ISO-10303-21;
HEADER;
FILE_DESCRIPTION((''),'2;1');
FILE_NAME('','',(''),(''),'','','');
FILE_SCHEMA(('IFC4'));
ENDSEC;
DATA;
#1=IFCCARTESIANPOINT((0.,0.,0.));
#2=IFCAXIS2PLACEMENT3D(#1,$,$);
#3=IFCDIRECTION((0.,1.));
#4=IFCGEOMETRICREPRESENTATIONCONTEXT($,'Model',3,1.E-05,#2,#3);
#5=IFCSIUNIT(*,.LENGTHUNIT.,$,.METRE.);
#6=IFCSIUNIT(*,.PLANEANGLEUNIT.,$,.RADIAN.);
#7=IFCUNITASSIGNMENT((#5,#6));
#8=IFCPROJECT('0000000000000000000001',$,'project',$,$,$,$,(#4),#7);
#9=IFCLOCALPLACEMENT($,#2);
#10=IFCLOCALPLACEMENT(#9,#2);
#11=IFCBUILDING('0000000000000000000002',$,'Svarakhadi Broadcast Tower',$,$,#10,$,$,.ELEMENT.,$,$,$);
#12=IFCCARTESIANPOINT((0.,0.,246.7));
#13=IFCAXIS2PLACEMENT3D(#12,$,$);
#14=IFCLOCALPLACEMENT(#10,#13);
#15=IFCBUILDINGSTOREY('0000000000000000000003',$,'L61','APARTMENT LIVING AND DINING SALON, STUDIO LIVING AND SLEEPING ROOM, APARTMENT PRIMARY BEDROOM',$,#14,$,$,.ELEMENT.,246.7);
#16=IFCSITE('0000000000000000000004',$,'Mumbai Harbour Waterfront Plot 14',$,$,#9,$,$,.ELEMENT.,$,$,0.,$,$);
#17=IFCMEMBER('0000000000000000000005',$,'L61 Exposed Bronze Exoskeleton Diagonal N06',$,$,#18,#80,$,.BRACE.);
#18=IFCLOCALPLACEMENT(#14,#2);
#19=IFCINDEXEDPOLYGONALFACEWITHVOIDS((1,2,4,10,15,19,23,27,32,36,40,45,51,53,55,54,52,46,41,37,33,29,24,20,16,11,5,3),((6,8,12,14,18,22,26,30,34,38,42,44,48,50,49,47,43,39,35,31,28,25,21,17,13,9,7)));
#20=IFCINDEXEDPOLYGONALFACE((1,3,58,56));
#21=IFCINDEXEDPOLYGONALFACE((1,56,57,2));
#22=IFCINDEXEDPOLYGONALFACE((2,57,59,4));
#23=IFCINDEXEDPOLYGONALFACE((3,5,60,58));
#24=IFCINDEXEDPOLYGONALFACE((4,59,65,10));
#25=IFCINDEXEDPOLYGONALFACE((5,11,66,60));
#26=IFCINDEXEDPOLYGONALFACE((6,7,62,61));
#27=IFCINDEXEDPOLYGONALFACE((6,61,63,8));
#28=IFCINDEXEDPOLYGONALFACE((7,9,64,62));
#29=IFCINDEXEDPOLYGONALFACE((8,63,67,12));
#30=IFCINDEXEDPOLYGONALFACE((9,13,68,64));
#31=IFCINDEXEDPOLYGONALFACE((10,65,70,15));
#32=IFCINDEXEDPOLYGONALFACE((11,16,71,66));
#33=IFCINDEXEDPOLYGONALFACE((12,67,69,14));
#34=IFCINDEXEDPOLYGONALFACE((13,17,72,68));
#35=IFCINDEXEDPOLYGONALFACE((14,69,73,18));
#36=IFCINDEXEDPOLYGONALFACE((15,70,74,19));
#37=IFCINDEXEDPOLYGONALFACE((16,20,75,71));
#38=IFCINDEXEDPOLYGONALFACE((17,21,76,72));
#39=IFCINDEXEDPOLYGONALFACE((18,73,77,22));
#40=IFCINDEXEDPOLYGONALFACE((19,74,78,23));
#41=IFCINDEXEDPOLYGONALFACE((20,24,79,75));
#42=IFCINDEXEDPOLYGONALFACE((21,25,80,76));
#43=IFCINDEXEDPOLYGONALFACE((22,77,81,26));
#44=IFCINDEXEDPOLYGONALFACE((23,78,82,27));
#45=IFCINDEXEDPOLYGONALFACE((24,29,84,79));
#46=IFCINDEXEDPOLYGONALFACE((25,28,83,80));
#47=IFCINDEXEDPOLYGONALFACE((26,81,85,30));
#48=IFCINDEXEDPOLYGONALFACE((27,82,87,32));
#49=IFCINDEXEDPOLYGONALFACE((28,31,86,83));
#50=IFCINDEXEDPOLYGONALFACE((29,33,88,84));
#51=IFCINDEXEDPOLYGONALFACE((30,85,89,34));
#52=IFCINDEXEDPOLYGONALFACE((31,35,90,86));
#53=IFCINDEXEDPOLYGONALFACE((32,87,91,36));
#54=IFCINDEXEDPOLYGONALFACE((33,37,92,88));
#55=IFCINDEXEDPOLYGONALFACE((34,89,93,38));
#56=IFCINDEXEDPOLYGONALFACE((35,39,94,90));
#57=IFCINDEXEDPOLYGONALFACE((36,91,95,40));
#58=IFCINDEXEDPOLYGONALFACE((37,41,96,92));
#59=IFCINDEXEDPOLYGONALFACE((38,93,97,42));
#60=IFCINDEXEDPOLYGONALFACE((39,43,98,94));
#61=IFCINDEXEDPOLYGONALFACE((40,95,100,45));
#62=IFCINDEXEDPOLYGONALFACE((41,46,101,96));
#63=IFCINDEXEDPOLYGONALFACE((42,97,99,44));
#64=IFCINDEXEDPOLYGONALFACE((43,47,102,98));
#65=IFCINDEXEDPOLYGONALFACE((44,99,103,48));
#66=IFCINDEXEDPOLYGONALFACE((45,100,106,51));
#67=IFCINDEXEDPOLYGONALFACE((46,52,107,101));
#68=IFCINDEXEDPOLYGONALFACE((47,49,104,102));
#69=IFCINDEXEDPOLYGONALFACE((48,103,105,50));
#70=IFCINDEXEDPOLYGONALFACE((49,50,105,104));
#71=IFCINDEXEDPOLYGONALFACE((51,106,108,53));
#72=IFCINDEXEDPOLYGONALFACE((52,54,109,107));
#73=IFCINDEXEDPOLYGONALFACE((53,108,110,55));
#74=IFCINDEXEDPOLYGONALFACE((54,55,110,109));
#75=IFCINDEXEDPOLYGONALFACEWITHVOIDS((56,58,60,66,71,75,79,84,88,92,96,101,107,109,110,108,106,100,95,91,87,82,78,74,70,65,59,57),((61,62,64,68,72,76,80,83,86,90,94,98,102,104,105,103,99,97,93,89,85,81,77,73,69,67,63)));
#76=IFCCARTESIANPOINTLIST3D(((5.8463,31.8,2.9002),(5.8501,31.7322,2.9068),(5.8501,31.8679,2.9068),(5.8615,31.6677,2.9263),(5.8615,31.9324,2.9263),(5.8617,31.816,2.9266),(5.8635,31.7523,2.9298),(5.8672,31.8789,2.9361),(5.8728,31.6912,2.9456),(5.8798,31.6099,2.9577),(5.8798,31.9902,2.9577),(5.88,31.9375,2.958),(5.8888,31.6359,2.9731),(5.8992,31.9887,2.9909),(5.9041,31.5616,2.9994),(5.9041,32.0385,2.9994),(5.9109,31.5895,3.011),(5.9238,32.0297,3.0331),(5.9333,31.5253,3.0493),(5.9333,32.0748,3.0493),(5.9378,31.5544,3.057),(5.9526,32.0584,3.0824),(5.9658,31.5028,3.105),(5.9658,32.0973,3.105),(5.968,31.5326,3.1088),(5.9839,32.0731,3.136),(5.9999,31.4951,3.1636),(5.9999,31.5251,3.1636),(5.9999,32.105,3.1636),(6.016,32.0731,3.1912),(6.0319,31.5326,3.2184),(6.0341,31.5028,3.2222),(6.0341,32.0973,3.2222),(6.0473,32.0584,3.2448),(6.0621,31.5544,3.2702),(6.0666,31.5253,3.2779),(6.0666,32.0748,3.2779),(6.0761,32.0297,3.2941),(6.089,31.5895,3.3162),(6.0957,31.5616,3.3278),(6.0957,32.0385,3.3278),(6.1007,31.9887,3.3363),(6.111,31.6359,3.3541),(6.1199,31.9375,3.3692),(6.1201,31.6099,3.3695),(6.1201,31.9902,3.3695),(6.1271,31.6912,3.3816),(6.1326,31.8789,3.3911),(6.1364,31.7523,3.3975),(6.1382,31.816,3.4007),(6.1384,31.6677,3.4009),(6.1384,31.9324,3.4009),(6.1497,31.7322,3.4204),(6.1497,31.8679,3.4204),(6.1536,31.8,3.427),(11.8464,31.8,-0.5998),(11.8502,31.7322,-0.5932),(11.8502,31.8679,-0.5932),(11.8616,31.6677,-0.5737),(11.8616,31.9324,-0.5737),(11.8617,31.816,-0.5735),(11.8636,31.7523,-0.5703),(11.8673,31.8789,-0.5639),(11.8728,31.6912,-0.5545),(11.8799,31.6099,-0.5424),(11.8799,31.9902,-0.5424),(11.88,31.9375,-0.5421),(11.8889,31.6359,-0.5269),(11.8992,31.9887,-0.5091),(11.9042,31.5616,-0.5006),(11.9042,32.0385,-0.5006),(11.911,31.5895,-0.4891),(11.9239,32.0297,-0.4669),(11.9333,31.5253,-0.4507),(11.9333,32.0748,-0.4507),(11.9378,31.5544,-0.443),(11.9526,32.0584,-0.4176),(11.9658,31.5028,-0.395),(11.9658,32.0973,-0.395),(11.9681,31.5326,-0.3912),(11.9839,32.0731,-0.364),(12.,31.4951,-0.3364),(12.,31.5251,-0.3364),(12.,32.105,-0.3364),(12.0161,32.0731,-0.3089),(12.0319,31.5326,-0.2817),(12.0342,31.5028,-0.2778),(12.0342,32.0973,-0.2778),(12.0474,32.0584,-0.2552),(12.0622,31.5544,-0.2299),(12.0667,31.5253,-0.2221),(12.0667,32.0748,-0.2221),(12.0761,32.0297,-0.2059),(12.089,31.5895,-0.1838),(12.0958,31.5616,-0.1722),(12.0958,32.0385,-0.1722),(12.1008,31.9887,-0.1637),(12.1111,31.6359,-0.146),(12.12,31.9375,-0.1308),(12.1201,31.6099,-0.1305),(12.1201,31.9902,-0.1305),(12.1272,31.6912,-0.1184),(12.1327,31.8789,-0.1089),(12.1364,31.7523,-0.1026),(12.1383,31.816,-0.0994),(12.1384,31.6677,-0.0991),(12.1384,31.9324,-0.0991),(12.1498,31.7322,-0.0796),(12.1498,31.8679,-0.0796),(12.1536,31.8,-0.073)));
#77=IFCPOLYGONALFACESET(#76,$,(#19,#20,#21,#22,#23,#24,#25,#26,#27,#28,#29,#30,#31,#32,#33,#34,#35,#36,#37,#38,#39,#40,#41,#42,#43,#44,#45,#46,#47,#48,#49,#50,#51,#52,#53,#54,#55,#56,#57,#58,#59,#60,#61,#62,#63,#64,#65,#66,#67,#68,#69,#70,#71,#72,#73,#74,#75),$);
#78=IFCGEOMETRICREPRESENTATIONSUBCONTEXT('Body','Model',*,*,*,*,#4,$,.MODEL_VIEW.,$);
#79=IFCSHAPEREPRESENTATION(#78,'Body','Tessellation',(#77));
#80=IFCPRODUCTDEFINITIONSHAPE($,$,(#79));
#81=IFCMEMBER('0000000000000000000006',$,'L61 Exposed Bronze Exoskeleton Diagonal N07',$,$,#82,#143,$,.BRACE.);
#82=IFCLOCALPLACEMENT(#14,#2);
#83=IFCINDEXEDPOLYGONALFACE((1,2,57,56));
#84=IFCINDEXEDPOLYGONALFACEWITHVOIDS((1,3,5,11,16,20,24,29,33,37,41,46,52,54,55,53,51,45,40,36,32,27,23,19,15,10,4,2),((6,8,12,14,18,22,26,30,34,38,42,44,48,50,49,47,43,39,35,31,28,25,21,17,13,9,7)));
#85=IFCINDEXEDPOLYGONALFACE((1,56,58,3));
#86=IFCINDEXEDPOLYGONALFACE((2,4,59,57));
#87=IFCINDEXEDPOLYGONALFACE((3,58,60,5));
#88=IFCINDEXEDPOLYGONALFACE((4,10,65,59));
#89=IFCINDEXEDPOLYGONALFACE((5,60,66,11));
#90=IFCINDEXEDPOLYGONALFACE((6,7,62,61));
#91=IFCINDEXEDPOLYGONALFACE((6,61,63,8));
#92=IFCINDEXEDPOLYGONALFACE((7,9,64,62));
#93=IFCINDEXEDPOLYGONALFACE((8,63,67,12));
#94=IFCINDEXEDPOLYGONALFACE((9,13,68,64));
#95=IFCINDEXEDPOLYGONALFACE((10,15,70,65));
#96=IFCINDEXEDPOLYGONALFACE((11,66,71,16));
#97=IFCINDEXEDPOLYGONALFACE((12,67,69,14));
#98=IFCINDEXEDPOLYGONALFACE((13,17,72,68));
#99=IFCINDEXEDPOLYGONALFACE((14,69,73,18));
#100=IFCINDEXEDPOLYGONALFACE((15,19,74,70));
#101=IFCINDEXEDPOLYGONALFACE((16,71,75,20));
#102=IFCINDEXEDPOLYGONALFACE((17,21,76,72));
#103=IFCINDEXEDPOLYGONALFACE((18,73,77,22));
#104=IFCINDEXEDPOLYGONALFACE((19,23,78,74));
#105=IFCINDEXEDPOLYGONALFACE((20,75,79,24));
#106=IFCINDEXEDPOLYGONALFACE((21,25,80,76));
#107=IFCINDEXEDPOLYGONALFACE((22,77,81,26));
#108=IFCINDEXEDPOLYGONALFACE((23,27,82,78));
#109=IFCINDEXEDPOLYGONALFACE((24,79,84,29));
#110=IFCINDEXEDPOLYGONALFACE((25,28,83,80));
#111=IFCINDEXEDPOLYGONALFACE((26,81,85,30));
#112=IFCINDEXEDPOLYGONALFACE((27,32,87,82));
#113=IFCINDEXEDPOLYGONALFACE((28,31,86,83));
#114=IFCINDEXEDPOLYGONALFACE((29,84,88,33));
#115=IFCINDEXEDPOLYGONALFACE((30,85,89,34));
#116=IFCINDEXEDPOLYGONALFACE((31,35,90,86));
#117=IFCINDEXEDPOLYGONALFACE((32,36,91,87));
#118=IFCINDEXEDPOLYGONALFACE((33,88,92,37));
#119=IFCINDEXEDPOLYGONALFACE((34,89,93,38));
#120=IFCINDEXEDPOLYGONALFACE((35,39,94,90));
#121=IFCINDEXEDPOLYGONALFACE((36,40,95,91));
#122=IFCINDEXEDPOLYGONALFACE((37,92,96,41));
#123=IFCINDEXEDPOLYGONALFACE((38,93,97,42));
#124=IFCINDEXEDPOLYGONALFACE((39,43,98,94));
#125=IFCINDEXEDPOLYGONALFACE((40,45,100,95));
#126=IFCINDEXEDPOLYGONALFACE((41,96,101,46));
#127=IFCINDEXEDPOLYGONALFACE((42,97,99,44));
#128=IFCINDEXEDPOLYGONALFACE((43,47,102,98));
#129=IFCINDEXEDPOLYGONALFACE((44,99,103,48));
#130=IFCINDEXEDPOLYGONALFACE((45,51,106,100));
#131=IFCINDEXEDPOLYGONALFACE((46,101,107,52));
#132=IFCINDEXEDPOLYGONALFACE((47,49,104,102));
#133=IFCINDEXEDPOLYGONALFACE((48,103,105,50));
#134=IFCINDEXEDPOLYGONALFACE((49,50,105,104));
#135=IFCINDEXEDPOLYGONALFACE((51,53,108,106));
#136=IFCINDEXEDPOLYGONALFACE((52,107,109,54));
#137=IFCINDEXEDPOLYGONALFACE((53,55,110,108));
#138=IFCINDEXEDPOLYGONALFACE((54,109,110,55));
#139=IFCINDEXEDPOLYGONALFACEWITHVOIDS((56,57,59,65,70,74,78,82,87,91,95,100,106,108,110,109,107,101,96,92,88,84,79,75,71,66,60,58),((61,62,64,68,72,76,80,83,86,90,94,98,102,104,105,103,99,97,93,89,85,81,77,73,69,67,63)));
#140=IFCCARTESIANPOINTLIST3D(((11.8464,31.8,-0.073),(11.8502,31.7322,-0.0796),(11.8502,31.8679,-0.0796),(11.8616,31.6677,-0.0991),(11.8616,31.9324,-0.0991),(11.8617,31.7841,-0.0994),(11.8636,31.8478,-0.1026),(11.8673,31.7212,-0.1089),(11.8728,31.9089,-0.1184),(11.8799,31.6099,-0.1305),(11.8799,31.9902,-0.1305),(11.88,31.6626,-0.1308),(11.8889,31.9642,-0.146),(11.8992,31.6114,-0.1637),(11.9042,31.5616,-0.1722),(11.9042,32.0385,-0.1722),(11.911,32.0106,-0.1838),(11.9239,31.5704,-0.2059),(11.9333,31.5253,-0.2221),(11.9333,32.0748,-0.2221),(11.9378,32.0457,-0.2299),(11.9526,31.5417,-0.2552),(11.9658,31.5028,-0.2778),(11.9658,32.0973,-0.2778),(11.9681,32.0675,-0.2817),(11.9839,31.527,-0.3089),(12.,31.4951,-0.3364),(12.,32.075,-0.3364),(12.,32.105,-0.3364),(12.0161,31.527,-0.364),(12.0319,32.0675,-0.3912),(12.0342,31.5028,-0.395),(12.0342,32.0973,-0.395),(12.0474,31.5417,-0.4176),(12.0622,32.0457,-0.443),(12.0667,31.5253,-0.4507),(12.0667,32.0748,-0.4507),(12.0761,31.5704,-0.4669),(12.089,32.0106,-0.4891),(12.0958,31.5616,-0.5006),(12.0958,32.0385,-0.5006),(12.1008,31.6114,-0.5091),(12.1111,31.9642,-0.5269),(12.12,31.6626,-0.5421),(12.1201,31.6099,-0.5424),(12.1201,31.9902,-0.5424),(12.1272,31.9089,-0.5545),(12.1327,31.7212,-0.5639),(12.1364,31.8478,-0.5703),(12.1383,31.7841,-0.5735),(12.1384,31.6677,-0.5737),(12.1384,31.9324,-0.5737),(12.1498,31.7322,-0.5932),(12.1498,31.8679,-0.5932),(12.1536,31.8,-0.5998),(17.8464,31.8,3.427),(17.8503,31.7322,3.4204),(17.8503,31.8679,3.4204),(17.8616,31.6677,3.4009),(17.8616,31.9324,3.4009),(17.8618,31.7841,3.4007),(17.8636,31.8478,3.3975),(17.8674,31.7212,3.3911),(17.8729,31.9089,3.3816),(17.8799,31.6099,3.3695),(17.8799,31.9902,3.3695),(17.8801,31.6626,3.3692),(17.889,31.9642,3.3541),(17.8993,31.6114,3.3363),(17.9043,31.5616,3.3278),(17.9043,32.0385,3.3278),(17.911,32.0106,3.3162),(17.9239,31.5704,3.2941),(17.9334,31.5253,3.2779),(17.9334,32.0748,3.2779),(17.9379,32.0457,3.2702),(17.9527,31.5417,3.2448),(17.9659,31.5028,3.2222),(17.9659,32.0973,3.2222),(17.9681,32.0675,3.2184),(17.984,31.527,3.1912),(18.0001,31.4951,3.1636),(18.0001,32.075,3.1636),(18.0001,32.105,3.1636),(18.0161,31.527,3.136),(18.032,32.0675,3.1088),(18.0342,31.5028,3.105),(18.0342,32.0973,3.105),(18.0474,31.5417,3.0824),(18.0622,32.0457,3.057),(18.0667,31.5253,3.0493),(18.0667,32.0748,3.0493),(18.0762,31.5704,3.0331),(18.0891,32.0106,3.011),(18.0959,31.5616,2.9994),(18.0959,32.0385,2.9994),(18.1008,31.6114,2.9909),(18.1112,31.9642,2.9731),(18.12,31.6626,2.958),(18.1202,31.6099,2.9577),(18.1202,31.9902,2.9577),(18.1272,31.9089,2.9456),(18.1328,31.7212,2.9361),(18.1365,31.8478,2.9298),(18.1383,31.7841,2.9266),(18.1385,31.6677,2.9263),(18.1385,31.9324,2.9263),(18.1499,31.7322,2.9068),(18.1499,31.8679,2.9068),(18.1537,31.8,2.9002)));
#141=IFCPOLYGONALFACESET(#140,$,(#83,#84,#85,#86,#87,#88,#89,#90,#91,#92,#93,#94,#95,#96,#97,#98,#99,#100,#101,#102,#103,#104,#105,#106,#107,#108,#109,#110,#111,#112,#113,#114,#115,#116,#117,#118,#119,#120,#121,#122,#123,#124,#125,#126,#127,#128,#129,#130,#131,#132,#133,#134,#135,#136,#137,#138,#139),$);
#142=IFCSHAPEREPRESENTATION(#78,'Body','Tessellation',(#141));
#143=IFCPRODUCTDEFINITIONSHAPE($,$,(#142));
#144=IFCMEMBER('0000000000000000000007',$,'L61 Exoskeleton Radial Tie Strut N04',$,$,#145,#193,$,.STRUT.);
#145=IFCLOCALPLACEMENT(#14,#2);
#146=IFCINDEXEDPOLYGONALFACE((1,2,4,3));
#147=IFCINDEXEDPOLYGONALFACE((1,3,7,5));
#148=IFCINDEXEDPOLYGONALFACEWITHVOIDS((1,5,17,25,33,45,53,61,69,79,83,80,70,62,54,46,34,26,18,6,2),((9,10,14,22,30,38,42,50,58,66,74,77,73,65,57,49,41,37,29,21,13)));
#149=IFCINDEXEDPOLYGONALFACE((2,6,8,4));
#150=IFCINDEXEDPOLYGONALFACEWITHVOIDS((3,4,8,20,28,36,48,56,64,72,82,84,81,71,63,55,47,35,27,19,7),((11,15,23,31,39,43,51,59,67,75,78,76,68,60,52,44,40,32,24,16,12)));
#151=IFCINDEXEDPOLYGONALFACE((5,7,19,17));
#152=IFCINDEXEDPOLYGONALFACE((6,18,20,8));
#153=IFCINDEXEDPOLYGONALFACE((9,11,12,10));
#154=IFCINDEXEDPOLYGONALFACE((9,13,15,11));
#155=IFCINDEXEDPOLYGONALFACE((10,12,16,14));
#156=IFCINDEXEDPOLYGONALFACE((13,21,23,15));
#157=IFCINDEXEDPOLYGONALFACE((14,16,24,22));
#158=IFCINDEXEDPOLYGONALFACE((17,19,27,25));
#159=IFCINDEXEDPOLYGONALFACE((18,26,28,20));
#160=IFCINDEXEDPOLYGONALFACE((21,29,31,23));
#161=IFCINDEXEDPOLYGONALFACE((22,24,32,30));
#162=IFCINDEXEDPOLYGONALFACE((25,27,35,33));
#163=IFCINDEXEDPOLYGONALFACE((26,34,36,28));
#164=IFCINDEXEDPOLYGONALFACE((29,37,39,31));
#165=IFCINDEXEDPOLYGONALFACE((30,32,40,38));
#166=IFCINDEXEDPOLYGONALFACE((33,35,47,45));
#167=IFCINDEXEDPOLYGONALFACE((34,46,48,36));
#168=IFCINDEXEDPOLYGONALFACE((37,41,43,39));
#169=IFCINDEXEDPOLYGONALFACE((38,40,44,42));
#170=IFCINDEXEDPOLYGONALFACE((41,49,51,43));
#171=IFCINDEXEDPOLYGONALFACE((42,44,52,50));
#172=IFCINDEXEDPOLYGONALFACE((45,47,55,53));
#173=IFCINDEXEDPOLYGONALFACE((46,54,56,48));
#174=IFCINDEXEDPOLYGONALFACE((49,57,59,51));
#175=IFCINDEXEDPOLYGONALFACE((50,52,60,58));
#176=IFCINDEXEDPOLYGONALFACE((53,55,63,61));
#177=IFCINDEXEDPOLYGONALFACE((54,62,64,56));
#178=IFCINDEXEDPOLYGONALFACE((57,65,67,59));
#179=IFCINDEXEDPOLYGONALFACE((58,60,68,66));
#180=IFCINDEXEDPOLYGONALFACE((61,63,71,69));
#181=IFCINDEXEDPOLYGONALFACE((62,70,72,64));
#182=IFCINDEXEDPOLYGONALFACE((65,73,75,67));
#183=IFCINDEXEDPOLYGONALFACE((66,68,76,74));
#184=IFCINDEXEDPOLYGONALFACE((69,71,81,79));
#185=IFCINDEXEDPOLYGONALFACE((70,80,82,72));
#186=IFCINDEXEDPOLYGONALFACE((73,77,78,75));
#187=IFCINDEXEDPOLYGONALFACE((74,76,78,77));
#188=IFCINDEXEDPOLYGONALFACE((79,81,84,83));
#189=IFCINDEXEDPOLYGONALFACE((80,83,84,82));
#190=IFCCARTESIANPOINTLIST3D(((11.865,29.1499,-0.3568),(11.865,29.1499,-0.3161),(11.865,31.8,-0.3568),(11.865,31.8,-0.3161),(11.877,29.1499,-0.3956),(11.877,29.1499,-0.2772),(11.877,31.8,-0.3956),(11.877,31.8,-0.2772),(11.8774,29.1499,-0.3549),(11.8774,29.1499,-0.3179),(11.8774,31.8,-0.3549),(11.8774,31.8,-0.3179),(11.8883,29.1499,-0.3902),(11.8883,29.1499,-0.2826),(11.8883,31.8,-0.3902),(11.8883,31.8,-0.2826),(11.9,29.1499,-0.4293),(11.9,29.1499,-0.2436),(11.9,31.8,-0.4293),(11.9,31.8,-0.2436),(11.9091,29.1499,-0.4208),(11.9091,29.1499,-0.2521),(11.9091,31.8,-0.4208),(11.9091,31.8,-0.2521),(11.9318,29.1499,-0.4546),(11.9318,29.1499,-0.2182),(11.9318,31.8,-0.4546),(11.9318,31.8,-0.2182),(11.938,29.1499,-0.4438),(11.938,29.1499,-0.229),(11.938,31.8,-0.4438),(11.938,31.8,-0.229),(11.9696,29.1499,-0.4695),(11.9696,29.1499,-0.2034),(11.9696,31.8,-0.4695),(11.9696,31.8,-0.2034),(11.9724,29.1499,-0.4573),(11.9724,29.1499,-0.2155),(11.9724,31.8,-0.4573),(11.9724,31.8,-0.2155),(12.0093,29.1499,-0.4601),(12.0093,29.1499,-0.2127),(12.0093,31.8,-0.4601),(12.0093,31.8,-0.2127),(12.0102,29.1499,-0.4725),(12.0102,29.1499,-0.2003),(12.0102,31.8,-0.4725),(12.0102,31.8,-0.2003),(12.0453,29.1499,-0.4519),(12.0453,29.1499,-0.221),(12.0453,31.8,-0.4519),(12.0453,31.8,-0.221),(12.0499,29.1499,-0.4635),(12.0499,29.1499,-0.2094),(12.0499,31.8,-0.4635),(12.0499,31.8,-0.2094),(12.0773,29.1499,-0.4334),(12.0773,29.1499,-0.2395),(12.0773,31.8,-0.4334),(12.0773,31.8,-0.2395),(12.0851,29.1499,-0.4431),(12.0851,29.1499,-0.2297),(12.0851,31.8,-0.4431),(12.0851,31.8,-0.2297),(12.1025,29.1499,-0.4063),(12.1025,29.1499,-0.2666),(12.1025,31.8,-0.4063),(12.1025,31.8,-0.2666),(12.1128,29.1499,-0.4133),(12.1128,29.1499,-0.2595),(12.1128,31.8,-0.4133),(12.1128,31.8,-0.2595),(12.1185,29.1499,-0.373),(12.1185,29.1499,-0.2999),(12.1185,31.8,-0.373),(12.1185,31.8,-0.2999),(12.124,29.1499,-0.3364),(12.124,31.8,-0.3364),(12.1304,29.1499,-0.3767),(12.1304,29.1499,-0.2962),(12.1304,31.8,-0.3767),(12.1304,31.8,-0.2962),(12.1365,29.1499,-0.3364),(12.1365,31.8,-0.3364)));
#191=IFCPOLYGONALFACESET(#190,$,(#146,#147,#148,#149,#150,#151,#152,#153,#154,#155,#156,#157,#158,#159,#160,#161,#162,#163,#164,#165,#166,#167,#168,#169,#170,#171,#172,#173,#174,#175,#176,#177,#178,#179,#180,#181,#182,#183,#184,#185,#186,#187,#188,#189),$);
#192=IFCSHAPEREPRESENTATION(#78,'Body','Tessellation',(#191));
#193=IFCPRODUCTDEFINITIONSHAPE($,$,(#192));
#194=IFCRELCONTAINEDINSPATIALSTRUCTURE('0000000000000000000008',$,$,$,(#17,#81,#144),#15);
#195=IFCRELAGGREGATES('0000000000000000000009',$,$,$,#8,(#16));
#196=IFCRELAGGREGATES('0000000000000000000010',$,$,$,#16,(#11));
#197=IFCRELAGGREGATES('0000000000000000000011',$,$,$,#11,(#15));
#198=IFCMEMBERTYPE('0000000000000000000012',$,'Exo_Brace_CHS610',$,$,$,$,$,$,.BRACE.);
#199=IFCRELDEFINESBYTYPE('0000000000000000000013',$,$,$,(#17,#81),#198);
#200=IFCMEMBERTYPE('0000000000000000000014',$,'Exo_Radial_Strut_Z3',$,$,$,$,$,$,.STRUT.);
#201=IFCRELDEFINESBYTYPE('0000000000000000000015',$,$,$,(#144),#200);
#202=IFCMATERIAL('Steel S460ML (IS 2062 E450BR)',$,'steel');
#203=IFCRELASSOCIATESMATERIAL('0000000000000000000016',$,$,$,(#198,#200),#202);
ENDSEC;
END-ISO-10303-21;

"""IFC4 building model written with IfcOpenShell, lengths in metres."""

from ifc_helpers import new_model, si_unit, direction, frame, origin, origin_2d, place, context, subcontext, project, spatial, hollow_circle, extrude, material, material_profile, profile_set, type_object, element, save


model = new_model("IFC4")

# Units and contexts
model_context = context("Model", 3, precision=1e-05, world=origin(), true_north=direction((0.0, 1.0)))
body_context = subcontext(model_context, "Body", "Model", "MODEL_VIEW")
ifc_project = project(units=[si_unit("LENGTHUNIT", "METRE"), si_unit("PLANEANGLEUNIT", "RADIAN")], contexts=[model_context])

# Site, building, storey
site_placement = place(None, origin())
site = spatial("IfcSite", under=ifc_project, at=site_placement, Name="Mumbai Harbour Waterfront Plot 14", CompositionType="ELEMENT", RefElevation=0.0)
building_placement = place(site_placement, origin())
building = spatial("IfcBuilding", under=site, at=building_placement, Name="Svarakhadi Broadcast Tower", CompositionType="ELEMENT")
storey_placement = place(building_placement, frame((0.0, 0.0, 246.7)))
storey = spatial("IfcBuildingStorey", under=building, at=storey_placement, Name="L61", Description="APARTMENT LIVING AND DINING SALON, STUDIO LIVING AND SLEEPING ROOM, APARTMENT PRIMARY BEDROOM", CompositionType="ELEMENT", Elevation=246.7)

# Shared definitions
ifc_material_1 = material(Name="Steel S460ML (IS 2062 E450BR)", Category="steel")

# Members
ifc_material_profile_1 = material_profile(ifc_material_1, hollow_circle(Radius=0.3049, WallThickness=0.03, at=origin_2d()), Name="CHS 610x30")
ifc_profile_set_1 = profile_set([ifc_material_profile_1], Name="Steel S460ML (IS 2062 E450BR)")
member_type_1 = type_object("IfcMemberType", Name="Exo_Brace_CHS610", PredefinedType="BRACE", material=ifc_profile_set_1)
for number, where, z_axis, x_axis, name in (
    (1, (12.0, 31.8, -0.3364), (-0.863779, 0.0, 0.503871), (0.0, -1.0, 0.0), "L61 Exposed Bronze Exoskeleton Diagonal N06"),
    (2, (12.0, 31.8, -0.3364), (0.863779, 0.0, 0.503871), (0.0, 1.0, 0.0), "L61 Exposed Bronze Exoskeleton Diagonal N07"),
):
    element("IfcMember", number, at=place(storey_placement, frame(where, z_axis=z_axis, x_axis=x_axis)), inside=storey, type_object=member_type_1, Name=name, PredefinedType="BRACE", context=body_context, shape_type="SweptSolid", body=[
        extrude(hollow_circle(Radius=0.3049, WallThickness=0.03, at=origin_2d()), origin(), (0.0, 0.0, 1.0), 6.9463),
    ])
ifc_material_profile_2 = material_profile(ifc_material_1, hollow_circle(Radius=0.1365, WallThickness=0.0125, at=origin_2d()), Name="CHS 273x12.5")
ifc_profile_set_2 = profile_set([ifc_material_profile_2], Name="Steel S460ML (IS 2062 E450BR)")
member_type_2 = type_object("IfcMemberType", Name="Exo_Radial_Strut_Z3", PredefinedType="STRUT", material=ifc_profile_set_2)
member_1_placement = place(storey_placement, frame((12.0, 31.8, -0.3364), z_axis=(0.0, -1.0, 0.0), x_axis=(1.0, 0.0, 0.0)))
element("IfcMember", 3, at=member_1_placement, inside=storey, type_object=member_type_2, Name="L61 Exoskeleton Radial Tie Strut N04", PredefinedType="STRUT", context=body_context, shape_type="SweptSolid", body=[
    extrude(hollow_circle(Radius=0.1365, WallThickness=0.0125, at=origin_2d()), origin(), (0.0, 0.0, 1.0), 2.6501),
])

save(model, "model.ifc")
